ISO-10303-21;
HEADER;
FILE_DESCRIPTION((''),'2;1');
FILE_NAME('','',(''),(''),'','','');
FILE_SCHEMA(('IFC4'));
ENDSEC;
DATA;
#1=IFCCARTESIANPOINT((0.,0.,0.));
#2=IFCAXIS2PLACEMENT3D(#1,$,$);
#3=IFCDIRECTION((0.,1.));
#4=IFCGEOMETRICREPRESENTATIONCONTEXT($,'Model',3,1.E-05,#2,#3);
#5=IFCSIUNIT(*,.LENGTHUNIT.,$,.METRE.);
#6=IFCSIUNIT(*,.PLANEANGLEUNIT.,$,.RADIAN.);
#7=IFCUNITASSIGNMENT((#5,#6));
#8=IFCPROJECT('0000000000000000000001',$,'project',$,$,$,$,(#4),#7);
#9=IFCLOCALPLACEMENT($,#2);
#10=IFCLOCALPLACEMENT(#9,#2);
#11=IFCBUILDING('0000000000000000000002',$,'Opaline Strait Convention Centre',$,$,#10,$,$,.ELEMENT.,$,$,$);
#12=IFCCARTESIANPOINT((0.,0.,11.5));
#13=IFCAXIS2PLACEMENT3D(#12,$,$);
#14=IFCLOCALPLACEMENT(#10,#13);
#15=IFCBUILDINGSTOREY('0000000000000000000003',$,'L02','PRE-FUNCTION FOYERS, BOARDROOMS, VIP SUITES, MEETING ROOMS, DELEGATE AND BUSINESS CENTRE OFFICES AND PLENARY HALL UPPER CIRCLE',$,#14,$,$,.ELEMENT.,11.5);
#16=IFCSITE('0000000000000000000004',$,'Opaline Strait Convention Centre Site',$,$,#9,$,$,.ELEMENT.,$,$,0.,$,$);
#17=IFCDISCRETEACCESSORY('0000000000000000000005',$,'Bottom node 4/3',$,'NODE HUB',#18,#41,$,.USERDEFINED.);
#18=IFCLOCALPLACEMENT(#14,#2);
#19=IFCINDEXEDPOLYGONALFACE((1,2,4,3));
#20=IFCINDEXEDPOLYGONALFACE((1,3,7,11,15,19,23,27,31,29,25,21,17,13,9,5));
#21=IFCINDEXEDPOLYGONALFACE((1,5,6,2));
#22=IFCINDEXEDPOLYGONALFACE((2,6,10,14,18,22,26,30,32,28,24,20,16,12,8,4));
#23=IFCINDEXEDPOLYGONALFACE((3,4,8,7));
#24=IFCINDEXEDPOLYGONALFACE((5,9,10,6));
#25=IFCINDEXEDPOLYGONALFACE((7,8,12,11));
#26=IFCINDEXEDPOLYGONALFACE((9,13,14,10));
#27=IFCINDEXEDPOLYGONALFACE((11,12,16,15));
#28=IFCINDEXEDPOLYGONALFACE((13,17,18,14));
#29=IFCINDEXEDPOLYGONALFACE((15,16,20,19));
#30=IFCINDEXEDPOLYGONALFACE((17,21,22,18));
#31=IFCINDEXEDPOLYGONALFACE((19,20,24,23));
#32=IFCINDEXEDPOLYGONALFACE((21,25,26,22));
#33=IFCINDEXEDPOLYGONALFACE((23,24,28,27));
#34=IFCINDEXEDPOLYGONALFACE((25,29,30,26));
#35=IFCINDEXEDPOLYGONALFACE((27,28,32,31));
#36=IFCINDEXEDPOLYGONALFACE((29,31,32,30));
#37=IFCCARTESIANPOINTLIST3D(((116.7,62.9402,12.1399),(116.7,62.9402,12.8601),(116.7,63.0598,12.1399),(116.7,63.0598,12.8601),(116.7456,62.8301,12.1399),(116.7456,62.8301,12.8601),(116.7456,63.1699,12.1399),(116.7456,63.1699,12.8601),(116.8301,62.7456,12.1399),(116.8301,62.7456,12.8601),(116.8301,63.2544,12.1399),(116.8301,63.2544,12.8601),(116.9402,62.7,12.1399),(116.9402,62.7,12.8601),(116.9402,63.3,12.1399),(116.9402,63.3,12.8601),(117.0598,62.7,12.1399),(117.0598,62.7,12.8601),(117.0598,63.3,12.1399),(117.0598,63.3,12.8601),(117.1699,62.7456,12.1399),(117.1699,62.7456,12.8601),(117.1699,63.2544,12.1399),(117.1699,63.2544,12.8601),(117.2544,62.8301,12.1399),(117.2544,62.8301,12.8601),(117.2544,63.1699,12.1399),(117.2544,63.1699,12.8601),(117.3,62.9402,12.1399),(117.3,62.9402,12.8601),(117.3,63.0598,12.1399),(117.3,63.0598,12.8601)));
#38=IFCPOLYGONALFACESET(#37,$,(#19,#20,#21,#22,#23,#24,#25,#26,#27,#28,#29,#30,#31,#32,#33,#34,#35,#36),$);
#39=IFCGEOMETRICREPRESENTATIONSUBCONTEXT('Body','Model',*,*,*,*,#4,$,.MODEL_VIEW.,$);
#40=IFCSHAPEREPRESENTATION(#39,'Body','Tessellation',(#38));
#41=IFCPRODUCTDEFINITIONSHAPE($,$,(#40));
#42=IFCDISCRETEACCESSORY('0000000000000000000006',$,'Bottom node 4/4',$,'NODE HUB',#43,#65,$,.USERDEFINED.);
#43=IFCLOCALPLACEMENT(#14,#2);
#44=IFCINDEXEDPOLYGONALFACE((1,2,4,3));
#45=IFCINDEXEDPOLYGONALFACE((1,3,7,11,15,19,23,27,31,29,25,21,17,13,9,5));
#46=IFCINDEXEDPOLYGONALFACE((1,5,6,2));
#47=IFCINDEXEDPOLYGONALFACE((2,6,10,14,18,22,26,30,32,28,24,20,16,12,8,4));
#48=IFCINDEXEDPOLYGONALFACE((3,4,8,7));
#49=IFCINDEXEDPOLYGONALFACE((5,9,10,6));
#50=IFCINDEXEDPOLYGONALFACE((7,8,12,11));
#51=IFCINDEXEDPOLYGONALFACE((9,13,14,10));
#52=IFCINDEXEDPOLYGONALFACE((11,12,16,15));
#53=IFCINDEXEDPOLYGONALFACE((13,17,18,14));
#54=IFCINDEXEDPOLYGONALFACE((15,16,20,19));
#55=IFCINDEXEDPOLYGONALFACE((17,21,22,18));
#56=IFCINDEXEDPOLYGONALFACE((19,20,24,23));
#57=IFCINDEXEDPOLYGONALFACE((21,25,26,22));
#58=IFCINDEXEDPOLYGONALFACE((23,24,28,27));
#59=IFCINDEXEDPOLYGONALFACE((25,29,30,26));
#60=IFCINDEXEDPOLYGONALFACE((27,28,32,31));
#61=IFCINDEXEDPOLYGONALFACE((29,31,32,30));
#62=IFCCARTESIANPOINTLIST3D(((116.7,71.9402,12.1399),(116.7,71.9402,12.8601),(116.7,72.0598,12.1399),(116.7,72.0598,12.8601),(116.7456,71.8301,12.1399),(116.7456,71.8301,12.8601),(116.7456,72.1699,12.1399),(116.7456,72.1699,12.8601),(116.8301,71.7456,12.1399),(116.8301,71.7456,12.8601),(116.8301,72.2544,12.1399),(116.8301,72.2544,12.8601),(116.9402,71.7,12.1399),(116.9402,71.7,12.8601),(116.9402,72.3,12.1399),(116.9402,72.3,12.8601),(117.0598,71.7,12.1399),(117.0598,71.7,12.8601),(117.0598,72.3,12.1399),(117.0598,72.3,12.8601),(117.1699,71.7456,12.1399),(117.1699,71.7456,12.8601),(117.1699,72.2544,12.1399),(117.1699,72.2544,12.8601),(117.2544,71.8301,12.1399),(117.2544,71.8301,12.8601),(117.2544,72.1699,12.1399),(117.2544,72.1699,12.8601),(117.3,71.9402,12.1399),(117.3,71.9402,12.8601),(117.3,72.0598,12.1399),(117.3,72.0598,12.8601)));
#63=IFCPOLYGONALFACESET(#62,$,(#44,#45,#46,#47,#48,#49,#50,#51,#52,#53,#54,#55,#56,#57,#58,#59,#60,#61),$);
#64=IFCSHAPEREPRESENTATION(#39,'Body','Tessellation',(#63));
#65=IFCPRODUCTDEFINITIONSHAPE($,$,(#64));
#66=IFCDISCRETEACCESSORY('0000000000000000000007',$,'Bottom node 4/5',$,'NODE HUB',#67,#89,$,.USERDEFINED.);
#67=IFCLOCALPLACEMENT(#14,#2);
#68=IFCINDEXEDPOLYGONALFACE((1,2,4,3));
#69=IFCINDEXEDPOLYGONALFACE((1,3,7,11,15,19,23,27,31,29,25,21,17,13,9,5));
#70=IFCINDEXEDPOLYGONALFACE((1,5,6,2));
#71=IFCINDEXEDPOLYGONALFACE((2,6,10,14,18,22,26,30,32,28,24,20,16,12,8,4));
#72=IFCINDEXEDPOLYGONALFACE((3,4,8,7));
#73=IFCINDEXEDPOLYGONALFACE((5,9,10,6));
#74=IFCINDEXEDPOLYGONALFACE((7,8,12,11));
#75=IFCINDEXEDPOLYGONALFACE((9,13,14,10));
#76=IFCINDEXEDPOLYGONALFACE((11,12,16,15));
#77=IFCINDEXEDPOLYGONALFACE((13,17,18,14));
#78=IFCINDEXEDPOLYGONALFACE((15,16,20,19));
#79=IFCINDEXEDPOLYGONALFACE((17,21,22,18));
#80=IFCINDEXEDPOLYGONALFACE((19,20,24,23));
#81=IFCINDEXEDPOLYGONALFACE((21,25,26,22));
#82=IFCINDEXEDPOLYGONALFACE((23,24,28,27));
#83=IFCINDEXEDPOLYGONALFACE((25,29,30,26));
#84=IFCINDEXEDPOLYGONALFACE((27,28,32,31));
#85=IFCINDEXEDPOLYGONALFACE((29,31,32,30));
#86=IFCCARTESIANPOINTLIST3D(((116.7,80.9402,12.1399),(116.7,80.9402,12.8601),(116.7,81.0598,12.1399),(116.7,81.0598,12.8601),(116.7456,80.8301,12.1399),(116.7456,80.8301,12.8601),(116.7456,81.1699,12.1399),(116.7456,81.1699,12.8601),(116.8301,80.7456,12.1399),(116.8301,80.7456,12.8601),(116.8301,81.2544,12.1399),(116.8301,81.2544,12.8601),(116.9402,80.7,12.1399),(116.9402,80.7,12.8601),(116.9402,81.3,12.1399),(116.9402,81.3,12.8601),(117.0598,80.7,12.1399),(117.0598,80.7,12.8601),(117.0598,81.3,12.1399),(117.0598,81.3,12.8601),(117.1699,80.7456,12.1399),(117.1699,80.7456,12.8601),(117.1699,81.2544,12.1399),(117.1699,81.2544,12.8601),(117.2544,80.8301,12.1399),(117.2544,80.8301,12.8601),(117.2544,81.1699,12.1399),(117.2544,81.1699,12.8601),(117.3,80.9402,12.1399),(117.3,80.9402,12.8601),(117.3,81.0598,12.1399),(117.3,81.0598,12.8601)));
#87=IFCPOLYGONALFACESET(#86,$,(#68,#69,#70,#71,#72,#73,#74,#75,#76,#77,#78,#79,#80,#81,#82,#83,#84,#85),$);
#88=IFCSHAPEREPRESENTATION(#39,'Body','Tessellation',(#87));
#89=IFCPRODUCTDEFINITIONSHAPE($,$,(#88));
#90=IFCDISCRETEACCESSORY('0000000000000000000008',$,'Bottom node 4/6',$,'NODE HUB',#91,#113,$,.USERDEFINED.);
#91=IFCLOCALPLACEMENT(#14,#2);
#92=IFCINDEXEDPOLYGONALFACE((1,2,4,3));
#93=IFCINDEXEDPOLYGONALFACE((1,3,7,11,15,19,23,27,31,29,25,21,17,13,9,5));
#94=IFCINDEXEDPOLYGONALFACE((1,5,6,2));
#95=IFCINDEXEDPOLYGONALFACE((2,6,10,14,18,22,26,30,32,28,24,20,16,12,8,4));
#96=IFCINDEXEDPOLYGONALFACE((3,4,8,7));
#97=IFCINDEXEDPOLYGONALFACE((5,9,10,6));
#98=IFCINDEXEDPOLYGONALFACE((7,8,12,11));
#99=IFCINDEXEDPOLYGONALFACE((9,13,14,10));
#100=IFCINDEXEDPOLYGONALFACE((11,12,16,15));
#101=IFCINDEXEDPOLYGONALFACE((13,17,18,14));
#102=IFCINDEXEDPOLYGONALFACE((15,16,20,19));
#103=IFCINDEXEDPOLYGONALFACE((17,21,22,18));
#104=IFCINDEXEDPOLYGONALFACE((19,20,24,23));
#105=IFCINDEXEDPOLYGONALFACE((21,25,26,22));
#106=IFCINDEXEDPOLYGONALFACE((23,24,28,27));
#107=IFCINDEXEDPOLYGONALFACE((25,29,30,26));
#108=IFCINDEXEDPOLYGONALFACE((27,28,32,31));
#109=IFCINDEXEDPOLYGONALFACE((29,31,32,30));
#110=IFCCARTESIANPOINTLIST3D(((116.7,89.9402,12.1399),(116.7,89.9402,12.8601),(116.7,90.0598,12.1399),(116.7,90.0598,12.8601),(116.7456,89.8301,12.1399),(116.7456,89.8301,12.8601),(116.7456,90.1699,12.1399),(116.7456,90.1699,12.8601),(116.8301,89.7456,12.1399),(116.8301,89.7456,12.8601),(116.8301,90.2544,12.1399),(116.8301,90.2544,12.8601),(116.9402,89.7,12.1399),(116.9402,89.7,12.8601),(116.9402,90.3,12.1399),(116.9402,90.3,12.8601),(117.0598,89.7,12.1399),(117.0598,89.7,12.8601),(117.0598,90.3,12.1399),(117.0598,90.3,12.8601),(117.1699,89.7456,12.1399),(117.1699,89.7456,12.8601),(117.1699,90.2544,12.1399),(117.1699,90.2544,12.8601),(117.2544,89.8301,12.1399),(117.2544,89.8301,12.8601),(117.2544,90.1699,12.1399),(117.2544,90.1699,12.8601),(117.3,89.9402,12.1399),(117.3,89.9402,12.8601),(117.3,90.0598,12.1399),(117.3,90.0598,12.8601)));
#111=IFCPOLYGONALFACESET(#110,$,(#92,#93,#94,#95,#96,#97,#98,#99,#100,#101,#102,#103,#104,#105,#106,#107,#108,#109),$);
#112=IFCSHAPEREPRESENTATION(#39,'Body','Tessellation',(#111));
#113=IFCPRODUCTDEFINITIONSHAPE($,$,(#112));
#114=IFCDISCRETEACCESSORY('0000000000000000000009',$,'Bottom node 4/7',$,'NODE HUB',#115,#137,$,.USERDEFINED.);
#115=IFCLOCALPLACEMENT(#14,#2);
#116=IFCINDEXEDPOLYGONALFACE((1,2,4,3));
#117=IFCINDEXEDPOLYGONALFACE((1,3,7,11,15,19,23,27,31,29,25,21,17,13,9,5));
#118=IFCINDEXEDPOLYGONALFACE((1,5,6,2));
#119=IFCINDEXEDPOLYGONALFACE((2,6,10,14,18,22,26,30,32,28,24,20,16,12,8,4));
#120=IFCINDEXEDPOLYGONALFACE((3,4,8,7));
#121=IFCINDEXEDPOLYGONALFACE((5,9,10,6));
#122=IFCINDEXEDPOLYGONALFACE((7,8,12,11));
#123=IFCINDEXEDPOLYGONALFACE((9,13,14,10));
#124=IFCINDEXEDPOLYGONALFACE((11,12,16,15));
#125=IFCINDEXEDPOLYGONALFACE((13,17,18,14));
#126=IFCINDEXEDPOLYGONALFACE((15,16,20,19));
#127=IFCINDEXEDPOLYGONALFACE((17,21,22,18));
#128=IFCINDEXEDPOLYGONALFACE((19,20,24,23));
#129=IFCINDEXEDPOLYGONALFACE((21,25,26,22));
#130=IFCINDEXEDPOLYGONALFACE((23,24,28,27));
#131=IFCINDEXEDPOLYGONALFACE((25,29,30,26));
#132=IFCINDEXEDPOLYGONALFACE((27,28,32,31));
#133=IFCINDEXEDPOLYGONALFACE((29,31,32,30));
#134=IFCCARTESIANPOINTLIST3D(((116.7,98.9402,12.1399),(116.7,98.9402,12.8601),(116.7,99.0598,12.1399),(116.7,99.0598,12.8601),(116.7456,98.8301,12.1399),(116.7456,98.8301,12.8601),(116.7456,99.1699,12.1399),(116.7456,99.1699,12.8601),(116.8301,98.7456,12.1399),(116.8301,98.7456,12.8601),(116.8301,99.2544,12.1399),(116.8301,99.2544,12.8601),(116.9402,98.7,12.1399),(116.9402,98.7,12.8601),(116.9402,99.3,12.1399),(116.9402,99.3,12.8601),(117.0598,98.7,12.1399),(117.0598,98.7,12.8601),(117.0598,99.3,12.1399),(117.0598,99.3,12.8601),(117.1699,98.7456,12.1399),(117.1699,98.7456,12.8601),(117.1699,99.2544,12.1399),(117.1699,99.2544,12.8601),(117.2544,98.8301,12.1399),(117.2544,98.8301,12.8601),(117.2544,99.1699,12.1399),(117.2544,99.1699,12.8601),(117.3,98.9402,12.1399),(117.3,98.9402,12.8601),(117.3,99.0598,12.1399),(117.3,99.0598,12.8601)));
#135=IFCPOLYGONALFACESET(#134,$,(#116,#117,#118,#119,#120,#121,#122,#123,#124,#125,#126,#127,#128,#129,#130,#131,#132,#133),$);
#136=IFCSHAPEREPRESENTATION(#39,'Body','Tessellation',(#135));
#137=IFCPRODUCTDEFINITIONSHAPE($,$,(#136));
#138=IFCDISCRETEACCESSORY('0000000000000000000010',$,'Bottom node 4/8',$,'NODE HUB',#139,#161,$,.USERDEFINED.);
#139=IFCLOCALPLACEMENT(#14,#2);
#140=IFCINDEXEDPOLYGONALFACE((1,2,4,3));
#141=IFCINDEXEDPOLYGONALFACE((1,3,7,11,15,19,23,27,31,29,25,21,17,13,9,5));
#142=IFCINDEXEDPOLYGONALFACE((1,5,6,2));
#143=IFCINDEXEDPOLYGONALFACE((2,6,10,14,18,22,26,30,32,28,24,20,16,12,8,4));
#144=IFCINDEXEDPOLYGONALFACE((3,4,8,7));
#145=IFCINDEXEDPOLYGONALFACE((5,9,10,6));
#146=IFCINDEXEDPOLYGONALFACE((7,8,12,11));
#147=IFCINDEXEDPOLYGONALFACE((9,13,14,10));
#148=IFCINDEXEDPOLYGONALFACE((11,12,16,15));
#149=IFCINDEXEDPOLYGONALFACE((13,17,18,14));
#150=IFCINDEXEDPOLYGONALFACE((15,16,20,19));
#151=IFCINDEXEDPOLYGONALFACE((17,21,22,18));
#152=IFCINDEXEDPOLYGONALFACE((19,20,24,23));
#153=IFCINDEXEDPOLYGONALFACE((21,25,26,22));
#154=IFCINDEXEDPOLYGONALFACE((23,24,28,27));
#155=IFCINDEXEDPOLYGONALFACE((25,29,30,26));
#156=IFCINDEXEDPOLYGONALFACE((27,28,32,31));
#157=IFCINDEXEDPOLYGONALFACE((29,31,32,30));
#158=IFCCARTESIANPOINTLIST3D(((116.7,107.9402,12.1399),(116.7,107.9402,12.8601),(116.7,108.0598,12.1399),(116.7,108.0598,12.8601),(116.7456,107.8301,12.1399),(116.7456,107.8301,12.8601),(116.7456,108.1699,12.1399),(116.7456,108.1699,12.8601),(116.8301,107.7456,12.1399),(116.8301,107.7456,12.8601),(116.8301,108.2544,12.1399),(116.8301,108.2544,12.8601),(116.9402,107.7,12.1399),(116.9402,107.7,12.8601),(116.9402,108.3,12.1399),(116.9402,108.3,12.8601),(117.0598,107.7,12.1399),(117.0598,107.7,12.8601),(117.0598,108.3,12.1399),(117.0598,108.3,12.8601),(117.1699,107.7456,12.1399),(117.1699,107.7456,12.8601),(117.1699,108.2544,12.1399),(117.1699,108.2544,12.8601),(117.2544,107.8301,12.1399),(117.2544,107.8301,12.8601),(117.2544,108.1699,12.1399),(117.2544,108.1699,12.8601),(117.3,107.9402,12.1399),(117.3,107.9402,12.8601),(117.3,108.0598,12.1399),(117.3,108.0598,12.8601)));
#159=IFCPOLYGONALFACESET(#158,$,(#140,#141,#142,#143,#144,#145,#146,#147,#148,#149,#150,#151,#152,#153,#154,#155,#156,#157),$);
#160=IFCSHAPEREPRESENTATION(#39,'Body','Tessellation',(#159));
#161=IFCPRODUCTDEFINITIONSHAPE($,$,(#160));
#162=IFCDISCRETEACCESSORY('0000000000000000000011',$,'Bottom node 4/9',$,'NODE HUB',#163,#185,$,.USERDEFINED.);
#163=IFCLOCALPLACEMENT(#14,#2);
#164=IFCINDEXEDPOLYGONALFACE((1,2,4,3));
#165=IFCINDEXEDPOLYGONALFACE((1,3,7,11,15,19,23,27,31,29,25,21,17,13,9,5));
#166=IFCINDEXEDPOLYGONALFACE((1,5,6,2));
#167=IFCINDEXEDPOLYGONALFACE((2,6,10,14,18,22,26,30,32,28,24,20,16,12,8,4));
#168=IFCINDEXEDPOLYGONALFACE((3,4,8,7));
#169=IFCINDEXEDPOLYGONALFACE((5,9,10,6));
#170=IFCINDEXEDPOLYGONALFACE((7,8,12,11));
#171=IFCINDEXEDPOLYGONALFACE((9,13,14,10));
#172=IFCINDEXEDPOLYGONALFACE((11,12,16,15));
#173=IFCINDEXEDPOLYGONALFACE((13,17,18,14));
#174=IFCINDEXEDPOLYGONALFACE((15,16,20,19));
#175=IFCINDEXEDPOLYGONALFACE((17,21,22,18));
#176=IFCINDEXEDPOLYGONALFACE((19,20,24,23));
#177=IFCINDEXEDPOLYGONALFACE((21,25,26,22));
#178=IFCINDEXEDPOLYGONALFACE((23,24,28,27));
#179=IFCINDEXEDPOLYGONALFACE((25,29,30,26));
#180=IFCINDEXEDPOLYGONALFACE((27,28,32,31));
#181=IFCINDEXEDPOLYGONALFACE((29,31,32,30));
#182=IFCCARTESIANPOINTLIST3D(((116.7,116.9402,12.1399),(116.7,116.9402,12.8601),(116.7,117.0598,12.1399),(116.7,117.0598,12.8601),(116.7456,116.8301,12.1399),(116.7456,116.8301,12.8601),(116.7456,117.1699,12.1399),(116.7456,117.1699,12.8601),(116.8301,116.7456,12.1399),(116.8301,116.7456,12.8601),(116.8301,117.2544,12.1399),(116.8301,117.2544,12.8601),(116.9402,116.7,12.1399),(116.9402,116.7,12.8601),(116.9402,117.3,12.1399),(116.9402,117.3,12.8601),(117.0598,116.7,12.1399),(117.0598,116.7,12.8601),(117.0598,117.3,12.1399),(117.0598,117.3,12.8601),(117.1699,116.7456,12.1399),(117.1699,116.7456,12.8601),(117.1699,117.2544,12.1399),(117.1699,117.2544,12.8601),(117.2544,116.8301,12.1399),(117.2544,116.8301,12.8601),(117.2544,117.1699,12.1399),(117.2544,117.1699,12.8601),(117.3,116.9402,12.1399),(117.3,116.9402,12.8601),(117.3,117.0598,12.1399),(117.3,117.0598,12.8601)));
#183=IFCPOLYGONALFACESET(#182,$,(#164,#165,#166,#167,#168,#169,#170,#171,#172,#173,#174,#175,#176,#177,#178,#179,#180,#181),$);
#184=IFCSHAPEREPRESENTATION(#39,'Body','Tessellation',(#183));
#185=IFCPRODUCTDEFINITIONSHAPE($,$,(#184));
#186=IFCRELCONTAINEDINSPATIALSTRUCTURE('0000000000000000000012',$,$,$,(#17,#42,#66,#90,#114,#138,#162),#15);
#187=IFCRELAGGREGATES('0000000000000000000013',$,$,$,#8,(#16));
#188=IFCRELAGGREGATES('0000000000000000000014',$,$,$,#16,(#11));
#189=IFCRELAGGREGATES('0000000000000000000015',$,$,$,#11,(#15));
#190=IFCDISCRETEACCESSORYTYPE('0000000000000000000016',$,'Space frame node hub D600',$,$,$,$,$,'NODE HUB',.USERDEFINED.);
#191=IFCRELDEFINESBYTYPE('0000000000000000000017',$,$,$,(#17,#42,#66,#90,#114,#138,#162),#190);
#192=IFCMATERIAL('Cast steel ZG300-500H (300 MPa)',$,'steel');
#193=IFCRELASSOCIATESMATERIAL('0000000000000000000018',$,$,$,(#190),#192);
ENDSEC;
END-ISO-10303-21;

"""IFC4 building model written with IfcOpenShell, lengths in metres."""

from ifc_helpers import new_model, si_unit, direction, frame, origin, place, context, subcontext, project, spatial, polyline, outline, extrude, material, type_object, element, save


model = new_model("IFC4")

# Units and contexts
model_context = context("Model", 3, precision=1e-05, world=origin(), true_north=direction((0.0, 1.0)))
body_context = subcontext(model_context, "Body", "Model", "MODEL_VIEW")
ifc_project = project(units=[si_unit("LENGTHUNIT", "METRE"), si_unit("PLANEANGLEUNIT", "RADIAN")], contexts=[model_context])

# Site, building, storey
site_placement = place(None, origin())
site = spatial("IfcSite", under=ifc_project, at=site_placement, Name="Opaline Strait Convention Centre Site", CompositionType="ELEMENT", RefElevation=0.0)
building_placement = place(site_placement, origin())
building = spatial("IfcBuilding", under=site, at=building_placement, Name="Opaline Strait Convention Centre", CompositionType="ELEMENT")
storey_placement = place(building_placement, frame((0.0, 0.0, 11.5)))
storey = spatial("IfcBuildingStorey", under=building, at=storey_placement, Name="L02", Description="PRE-FUNCTION FOYERS, BOARDROOMS, VIP SUITES, MEETING ROOMS, DELEGATE AND BUSINESS CENTRE OFFICES AND PLENARY HALL UPPER CIRCLE", CompositionType="ELEMENT", Elevation=11.5)

# Discrete accessories
ifc_material = material(Name="Cast steel ZG300-500H (300 MPa)", Category="steel")
discrete_accessory_type_1 = type_object("IfcDiscreteAccessoryType", Name="Space frame node hub D600", ElementType="NODE HUB", PredefinedType="USERDEFINED", material=ifc_material)
discrete_accessory_1_placement = place(storey_placement, frame((0.0, 0.0, 12.1399)))
element("IfcDiscreteAccessory", 1, at=discrete_accessory_1_placement, inside=storey, type_object=discrete_accessory_type_1, Name="Bottom node 4/3", ObjectType="NODE HUB", PredefinedType="USERDEFINED", context=body_context, shape_type="SweptSolid", body=[
    extrude(outline(polyline([(117.3, 63.0598), (117.2544, 63.1699), (117.1699, 63.2544), (117.0598, 63.3), (116.9402, 63.3), (116.8301, 63.2544), (116.7456, 63.1699), (116.7, 63.0598), (116.7, 62.9402), (116.7456, 62.8301), (116.8301, 62.7456), (116.9402, 62.7), (117.0598, 62.7), (117.1699, 62.7456), (117.2544, 62.8301), (117.3, 62.9402), (117.3, 63.0598)])), origin(), (0.0, 0.0, 1.0), 0.7202),
])
discrete_accessory_2_placement = place(storey_placement, frame((0.0, 0.0, 12.1399)))
element("IfcDiscreteAccessory", 2, at=discrete_accessory_2_placement, inside=storey, type_object=discrete_accessory_type_1, Name="Bottom node 4/4", ObjectType="NODE HUB", PredefinedType="USERDEFINED", context=body_context, shape_type="SweptSolid", body=[
    extrude(outline(polyline([(117.3, 72.0598), (117.2544, 72.1699), (117.1699, 72.2544), (117.0598, 72.3), (116.9402, 72.3), (116.8301, 72.2544), (116.7456, 72.1699), (116.7, 72.0598), (116.7, 71.9402), (116.7456, 71.8301), (116.8301, 71.7456), (116.9402, 71.7), (117.0598, 71.7), (117.1699, 71.7456), (117.2544, 71.8301), (117.3, 71.9402), (117.3, 72.0598)])), origin(), (0.0, 0.0, 1.0), 0.7202),
])
discrete_accessory_3_placement = place(storey_placement, frame((0.0, 0.0, 12.1399)))
element("IfcDiscreteAccessory", 3, at=discrete_accessory_3_placement, inside=storey, type_object=discrete_accessory_type_1, Name="Bottom node 4/5", ObjectType="NODE HUB", PredefinedType="USERDEFINED", context=body_context, shape_type="SweptSolid", body=[
    extrude(outline(polyline([(117.3, 81.0598), (117.2544, 81.1699), (117.1699, 81.2544), (117.0598, 81.3), (116.9402, 81.3), (116.8301, 81.2544), (116.7456, 81.1699), (116.7, 81.0598), (116.7, 80.9402), (116.7456, 80.8301), (116.8301, 80.7456), (116.9402, 80.7), (117.0598, 80.7), (117.1699, 80.7456), (117.2544, 80.8301), (117.3, 80.9402), (117.3, 81.0598)])), origin(), (0.0, 0.0, 1.0), 0.7202),
])
discrete_accessory_4_placement = place(storey_placement, frame((0.0, 0.0, 12.1399)))
element("IfcDiscreteAccessory", 4, at=discrete_accessory_4_placement, inside=storey, type_object=discrete_accessory_type_1, Name="Bottom node 4/6", ObjectType="NODE HUB", PredefinedType="USERDEFINED", context=body_context, shape_type="SweptSolid", body=[
    extrude(outline(polyline([(117.3, 90.0598), (117.2544, 90.1699), (117.1699, 90.2544), (117.0598, 90.3), (116.9402, 90.3), (116.8301, 90.2544), (116.7456, 90.1699), (116.7, 90.0598), (116.7, 89.9402), (116.7456, 89.8301), (116.8301, 89.7456), (116.9402, 89.7), (117.0598, 89.7), (117.1699, 89.7456), (117.2544, 89.8301), (117.3, 89.9402), (117.3, 90.0598)])), origin(), (0.0, 0.0, 1.0), 0.7202),
])
discrete_accessory_5_placement = place(storey_placement, frame((0.0, 0.0, 12.1399)))
element("IfcDiscreteAccessory", 5, at=discrete_accessory_5_placement, inside=storey, type_object=discrete_accessory_type_1, Name="Bottom node 4/7", ObjectType="NODE HUB", PredefinedType="USERDEFINED", context=body_context, shape_type="SweptSolid", body=[
    extrude(outline(polyline([(117.3, 99.0598), (117.2544, 99.1699), (117.1699, 99.2544), (117.0598, 99.3), (116.9402, 99.3), (116.8301, 99.2544), (116.7456, 99.1699), (116.7, 99.0598), (116.7, 98.9402), (116.7456, 98.8301), (116.8301, 98.7456), (116.9402, 98.7), (117.0598, 98.7), (117.1699, 98.7456), (117.2544, 98.8301), (117.3, 98.9402), (117.3, 99.0598)])), origin(), (0.0, 0.0, 1.0), 0.7202),
])
discrete_accessory_6_placement = place(storey_placement, frame((0.0, 0.0, 12.1399)))
element("IfcDiscreteAccessory", 6, at=discrete_accessory_6_placement, inside=storey, type_object=discrete_accessory_type_1, Name="Bottom node 4/8", ObjectType="NODE HUB", PredefinedType="USERDEFINED", context=body_context, shape_type="SweptSolid", body=[
    extrude(outline(polyline([(117.3, 108.0598), (117.2544, 108.1699), (117.1699, 108.2544), (117.0598, 108.3), (116.9402, 108.3), (116.8301, 108.2544), (116.7456, 108.1699), (116.7, 108.0598), (116.7, 107.9402), (116.7456, 107.8301), (116.8301, 107.7456), (116.9402, 107.7), (117.0598, 107.7), (117.1699, 107.7456), (117.2544, 107.8301), (117.3, 107.9402), (117.3, 108.0598)])), origin(), (0.0, 0.0, 1.0), 0.7202),
])
discrete_accessory_7_placement = place(storey_placement, frame((0.0, 0.0, 12.1399)))
element("IfcDiscreteAccessory", 7, at=discrete_accessory_7_placement, inside=storey, type_object=discrete_accessory_type_1, Name="Bottom node 4/9", ObjectType="NODE HUB", PredefinedType="USERDEFINED", context=body_context, shape_type="SweptSolid", body=[
    extrude(outline(polyline([(117.3, 117.0598), (117.2544, 117.1699), (117.1699, 117.2544), (117.0598, 117.3), (116.9402, 117.3), (116.8301, 117.2544), (116.7456, 117.1699), (116.7, 117.0598), (116.7, 116.9402), (116.7456, 116.8301), (116.8301, 116.7456), (116.9402, 116.7), (117.0598, 116.7), (117.1699, 116.7456), (117.2544, 116.8301), (117.3, 116.9402), (117.3, 117.0598)])), origin(), (0.0, 0.0, 1.0), 0.7202),
])

save(model, "model.ifc")
